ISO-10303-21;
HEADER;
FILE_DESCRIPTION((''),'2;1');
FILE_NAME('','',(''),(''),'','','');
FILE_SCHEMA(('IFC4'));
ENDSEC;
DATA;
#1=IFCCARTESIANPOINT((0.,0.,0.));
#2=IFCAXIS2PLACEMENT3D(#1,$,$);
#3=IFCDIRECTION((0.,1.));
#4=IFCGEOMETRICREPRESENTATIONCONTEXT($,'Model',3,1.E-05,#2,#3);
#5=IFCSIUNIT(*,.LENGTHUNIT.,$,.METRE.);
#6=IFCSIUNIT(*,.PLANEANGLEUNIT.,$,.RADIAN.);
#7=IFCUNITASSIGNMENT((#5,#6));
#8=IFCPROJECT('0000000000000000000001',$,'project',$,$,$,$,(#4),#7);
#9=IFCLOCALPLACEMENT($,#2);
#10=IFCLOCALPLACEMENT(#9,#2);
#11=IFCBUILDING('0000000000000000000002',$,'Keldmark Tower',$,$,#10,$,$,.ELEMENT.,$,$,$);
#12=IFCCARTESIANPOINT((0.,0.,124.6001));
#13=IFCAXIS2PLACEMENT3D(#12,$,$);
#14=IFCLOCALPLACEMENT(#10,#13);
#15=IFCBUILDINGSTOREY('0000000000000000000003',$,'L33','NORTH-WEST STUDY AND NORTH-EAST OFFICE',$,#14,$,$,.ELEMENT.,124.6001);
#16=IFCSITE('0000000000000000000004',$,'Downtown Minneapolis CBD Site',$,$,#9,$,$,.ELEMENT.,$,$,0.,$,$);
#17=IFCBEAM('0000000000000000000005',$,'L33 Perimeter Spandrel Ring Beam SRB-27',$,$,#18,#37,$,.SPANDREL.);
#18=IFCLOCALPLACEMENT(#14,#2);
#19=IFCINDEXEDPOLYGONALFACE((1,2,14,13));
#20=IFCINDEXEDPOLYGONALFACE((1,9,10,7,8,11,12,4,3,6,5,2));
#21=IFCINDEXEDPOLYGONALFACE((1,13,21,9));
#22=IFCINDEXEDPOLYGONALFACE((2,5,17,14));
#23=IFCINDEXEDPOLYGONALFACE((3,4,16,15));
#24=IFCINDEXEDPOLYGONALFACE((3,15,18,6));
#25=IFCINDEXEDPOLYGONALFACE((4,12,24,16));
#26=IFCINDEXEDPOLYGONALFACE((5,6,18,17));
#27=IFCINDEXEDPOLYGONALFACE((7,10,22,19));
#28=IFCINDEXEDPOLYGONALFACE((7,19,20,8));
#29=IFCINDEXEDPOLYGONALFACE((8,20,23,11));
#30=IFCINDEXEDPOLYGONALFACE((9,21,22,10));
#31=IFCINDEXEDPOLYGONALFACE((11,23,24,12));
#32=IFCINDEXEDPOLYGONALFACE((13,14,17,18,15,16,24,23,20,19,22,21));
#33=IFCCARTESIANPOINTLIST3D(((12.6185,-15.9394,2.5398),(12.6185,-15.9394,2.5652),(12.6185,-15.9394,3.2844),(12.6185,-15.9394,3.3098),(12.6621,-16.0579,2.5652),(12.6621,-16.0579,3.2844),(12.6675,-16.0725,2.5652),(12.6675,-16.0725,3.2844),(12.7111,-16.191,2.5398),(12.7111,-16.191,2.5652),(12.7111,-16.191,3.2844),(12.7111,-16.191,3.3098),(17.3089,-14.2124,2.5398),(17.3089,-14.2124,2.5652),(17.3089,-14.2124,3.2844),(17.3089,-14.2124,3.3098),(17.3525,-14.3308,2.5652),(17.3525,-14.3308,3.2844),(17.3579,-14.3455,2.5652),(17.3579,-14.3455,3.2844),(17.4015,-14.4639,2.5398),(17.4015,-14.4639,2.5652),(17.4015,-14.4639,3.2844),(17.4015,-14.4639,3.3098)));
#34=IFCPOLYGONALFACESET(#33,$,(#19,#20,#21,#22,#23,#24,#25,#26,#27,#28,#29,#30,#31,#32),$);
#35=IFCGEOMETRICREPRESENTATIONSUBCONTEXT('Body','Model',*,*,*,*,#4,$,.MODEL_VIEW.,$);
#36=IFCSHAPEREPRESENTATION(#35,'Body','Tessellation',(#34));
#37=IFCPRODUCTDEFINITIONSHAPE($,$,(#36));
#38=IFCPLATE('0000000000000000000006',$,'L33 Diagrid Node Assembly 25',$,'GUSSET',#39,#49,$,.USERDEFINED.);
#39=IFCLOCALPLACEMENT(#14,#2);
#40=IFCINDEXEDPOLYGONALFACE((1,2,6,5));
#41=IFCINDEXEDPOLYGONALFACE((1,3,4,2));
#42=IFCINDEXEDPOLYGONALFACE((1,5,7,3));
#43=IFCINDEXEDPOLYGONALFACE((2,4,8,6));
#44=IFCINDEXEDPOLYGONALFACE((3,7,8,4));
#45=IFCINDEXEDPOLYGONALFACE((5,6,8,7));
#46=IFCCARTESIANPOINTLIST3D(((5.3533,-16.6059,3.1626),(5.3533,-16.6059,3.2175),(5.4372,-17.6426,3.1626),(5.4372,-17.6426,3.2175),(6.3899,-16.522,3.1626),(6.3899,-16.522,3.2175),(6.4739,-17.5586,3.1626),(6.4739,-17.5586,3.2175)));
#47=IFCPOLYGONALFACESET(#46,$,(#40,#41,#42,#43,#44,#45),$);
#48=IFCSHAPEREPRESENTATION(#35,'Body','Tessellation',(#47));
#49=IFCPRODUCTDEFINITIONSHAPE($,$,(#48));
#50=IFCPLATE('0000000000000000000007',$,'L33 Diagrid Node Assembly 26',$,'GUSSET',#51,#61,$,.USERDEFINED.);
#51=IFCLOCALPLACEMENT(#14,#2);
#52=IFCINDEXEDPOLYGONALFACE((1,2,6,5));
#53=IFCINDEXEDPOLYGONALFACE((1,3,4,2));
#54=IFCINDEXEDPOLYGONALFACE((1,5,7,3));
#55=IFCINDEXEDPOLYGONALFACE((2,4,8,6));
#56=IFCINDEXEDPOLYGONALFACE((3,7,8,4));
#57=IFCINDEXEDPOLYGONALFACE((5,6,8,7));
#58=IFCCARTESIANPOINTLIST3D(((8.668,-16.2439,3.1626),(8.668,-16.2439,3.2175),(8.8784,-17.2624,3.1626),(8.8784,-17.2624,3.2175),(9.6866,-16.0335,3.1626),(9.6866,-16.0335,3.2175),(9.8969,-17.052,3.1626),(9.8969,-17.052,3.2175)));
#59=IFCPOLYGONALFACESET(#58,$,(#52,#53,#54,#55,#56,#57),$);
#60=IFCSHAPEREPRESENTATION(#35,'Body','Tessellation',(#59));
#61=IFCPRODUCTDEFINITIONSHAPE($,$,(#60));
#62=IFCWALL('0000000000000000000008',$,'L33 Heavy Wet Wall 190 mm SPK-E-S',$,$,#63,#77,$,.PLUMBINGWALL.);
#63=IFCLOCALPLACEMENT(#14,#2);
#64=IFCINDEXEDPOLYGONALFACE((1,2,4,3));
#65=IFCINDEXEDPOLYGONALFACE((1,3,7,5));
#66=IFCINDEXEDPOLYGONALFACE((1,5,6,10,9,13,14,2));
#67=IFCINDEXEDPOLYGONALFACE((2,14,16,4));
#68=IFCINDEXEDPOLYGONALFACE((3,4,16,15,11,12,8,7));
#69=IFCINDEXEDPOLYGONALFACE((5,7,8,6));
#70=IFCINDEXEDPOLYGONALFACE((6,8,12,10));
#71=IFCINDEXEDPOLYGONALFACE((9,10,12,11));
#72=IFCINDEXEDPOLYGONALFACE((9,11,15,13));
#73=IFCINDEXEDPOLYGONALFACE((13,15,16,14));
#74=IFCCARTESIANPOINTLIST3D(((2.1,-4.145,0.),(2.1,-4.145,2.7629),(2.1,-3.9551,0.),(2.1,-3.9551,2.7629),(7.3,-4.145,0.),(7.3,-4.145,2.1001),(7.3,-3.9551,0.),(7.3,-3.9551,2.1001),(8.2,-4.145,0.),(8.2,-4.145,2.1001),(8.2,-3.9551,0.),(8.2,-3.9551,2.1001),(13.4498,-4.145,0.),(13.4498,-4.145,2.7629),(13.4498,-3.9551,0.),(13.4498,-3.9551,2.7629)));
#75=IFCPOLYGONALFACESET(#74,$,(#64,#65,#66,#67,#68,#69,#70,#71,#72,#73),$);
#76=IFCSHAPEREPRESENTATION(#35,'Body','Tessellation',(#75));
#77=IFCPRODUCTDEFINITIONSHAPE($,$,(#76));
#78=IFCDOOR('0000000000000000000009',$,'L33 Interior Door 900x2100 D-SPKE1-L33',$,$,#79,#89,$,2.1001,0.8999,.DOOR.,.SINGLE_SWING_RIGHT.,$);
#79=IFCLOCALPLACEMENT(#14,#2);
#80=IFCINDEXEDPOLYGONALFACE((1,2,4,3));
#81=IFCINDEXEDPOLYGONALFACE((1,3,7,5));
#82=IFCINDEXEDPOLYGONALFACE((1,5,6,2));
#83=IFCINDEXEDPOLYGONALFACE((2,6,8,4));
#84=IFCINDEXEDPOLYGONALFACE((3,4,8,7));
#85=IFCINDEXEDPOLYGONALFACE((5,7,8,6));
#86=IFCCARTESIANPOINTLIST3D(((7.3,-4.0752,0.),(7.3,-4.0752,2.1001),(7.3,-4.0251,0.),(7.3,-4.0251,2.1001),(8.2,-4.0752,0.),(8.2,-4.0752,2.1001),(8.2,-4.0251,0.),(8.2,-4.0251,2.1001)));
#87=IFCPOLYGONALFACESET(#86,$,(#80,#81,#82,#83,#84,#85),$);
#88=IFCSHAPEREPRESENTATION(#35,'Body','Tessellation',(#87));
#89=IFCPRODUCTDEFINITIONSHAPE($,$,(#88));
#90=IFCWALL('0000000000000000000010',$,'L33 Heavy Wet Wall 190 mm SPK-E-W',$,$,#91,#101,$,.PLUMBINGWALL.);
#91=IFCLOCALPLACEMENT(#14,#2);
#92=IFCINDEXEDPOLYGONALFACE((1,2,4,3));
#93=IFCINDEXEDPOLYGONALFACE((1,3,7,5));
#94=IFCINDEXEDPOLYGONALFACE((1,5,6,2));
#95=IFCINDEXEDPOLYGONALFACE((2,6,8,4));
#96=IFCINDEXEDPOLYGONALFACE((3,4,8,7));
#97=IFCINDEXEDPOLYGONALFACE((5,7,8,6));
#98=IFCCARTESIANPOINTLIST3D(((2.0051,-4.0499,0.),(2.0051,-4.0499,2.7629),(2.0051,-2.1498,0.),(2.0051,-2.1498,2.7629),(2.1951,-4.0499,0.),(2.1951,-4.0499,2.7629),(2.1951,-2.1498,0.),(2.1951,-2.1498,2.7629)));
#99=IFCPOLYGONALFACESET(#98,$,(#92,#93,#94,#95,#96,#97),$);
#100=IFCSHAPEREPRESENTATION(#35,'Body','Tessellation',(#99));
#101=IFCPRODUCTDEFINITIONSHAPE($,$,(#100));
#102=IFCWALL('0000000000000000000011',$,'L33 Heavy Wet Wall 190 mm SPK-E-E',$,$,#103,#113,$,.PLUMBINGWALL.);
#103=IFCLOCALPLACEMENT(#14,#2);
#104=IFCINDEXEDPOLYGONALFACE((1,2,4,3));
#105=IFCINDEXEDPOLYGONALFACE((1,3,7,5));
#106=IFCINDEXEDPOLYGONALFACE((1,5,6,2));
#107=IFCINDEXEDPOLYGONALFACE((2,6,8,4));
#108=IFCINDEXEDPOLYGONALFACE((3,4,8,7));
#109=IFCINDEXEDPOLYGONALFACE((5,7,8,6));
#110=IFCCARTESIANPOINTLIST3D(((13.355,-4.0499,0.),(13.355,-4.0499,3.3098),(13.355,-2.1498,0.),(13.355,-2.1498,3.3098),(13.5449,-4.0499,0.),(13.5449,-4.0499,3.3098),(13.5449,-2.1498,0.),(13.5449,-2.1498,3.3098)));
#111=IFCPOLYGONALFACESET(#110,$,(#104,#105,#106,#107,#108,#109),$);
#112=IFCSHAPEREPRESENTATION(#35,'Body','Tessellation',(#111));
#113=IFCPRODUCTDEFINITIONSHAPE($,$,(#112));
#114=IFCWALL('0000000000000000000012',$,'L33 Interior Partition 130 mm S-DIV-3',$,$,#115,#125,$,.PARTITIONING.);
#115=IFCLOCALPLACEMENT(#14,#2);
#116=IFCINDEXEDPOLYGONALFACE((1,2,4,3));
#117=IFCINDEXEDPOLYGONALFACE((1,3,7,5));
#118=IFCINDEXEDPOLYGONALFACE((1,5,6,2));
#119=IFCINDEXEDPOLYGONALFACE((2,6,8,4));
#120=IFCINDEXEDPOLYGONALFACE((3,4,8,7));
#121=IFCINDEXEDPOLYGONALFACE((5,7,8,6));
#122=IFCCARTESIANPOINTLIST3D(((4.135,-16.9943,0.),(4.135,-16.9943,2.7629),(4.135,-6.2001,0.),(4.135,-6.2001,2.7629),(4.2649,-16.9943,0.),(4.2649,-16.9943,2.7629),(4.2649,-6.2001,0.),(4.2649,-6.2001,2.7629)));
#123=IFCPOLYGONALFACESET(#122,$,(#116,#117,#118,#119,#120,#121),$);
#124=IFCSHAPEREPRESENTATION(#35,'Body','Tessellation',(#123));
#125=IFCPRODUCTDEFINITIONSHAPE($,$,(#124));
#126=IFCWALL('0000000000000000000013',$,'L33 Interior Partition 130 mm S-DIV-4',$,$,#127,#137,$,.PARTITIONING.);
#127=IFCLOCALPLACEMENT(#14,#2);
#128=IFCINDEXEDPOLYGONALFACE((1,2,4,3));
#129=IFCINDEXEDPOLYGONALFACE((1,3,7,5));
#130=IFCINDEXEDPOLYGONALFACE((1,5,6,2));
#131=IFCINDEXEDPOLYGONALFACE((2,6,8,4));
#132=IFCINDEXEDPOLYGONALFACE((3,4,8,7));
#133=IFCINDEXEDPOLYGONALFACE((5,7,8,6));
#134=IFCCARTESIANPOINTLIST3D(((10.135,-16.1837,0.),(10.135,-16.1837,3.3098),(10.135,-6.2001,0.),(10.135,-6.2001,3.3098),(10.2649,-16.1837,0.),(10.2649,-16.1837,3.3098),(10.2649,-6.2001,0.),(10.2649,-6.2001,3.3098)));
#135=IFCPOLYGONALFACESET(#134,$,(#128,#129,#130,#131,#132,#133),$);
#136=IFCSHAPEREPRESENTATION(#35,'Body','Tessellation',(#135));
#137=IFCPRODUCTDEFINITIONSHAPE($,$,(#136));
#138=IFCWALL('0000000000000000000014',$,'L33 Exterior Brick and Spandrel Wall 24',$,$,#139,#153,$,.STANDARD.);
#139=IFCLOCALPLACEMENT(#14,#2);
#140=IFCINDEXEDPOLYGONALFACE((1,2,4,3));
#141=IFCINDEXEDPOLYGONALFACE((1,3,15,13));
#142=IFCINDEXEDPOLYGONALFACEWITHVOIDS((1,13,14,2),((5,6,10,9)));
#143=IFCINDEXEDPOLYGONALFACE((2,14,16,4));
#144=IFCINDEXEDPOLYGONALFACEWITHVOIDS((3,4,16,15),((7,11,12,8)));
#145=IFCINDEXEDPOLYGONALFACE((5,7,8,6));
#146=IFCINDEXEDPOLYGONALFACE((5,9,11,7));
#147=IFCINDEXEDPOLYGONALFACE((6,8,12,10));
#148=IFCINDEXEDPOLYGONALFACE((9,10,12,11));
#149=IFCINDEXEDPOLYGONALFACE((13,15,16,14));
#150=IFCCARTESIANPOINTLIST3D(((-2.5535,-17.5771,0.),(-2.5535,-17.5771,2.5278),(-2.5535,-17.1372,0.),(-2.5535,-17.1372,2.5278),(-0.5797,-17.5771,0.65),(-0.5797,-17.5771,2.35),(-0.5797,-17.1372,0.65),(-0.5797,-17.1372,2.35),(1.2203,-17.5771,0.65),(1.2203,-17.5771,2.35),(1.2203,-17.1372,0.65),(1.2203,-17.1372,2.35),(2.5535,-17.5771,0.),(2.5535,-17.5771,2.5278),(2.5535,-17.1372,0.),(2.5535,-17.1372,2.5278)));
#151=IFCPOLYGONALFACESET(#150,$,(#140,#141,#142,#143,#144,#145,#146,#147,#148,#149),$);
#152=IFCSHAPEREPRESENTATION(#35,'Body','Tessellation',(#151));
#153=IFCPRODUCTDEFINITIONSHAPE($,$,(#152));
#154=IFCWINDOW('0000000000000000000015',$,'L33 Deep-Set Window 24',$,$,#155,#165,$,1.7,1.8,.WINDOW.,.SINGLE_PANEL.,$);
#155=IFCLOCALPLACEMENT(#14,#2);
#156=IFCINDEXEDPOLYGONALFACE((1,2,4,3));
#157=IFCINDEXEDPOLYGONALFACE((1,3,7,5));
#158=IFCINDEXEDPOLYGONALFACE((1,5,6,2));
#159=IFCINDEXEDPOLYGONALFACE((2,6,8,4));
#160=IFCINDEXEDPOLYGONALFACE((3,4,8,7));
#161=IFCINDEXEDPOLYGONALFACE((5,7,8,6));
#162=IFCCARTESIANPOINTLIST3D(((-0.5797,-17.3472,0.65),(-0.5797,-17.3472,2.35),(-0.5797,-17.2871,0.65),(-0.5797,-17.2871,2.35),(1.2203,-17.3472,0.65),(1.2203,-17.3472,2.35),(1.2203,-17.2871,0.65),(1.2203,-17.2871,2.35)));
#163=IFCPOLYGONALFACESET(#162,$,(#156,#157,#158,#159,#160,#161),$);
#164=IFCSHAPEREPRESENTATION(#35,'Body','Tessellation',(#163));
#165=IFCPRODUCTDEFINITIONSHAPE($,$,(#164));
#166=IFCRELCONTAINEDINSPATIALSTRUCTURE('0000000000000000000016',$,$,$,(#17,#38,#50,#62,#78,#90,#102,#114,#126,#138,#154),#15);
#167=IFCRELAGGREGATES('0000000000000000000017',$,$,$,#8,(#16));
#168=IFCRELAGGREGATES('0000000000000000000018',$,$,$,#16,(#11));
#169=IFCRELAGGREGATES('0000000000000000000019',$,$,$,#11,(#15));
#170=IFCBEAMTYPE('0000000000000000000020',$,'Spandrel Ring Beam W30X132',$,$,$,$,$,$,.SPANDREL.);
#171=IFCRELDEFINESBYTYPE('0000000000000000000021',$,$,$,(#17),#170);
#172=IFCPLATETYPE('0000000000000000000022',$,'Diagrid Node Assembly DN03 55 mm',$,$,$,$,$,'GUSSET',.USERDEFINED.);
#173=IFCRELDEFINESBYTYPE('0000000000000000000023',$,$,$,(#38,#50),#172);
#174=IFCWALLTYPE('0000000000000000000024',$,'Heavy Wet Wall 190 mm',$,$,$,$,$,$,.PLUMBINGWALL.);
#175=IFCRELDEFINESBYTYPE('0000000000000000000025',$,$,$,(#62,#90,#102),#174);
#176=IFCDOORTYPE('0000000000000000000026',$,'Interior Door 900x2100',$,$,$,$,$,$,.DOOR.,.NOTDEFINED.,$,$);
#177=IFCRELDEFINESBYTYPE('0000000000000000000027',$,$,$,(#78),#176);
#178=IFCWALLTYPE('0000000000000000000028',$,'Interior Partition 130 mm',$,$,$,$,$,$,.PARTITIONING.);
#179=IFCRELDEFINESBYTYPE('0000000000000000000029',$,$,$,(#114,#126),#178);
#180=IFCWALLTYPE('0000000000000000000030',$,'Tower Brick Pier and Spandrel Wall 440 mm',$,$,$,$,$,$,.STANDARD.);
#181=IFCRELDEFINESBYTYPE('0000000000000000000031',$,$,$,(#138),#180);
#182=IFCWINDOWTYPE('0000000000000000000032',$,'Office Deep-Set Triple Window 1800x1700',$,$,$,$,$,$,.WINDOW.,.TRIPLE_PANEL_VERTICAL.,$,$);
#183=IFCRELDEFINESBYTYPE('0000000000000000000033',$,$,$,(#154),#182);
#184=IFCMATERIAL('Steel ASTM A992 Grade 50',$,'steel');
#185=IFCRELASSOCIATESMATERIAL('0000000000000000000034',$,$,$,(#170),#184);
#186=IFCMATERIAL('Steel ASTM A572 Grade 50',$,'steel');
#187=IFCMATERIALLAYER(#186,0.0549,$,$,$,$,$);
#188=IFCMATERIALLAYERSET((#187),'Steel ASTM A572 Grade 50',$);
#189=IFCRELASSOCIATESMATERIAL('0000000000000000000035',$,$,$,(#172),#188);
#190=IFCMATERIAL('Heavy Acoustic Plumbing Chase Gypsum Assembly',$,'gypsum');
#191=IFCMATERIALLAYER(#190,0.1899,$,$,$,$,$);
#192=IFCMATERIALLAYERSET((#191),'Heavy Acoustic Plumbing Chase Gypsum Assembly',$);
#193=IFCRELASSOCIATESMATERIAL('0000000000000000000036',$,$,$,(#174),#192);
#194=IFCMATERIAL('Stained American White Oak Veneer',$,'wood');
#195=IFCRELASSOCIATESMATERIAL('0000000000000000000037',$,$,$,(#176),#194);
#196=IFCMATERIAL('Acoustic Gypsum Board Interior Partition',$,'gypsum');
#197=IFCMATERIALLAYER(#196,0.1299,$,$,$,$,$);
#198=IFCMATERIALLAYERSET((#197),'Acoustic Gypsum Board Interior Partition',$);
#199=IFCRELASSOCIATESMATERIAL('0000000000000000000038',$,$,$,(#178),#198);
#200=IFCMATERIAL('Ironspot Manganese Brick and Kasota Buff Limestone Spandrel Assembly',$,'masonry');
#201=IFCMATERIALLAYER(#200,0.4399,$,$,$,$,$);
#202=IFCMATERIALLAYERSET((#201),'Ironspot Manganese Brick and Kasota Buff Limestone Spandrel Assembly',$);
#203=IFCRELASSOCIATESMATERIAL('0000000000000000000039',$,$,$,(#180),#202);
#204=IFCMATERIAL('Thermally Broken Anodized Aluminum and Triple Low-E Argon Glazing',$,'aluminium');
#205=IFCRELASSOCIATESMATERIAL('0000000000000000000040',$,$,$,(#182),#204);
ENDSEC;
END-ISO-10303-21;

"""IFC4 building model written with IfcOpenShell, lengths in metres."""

from ifc_helpers import new_model, si_unit, direction, frame, frame_2d, origin, origin_2d, place, context, subcontext, project, spatial, rectangle, i_section, extrude, material, layer, layer_set, material_profile, profile_set, type_object, element, fill, save


model = new_model("IFC4")

# Units and contexts
model_context = context("Model", 3, precision=1e-05, world=origin(), true_north=direction((0.0, 1.0)))
body_context = subcontext(model_context, "Body", "Model", "MODEL_VIEW")
ifc_project = project(units=[si_unit("LENGTHUNIT", "METRE"), si_unit("PLANEANGLEUNIT", "RADIAN")], contexts=[model_context])

# Site, building, storey
site_placement = place(None, origin())
site = spatial("IfcSite", under=ifc_project, at=site_placement, Name="Downtown Minneapolis CBD Site", CompositionType="ELEMENT", RefElevation=0.0)
building_placement = place(site_placement, origin())
building = spatial("IfcBuilding", under=site, at=building_placement, Name="Keldmark Tower", CompositionType="ELEMENT")
storey_placement = place(building_placement, frame((0.0, 0.0, 124.6001)))
storey = spatial("IfcBuildingStorey", under=building, at=storey_placement, Name="L33", Description="NORTH-WEST STUDY AND NORTH-EAST OFFICE", CompositionType="ELEMENT", Elevation=124.6001)

# Beam
ifc_material_1 = material(Name="Steel ASTM A992 Grade 50", Category="steel")
ifc_material_profile_1 = material_profile(ifc_material_1, i_section(OverallWidth=0.2681, OverallDepth=0.77, WebThickness=0.0156, FlangeThickness=0.0254, at=origin_2d()), Name="W30X132")
ifc_profile_set_1 = profile_set([ifc_material_profile_1], Name="Steel ASTM A992 Grade 50")
beam_type_1 = type_object("IfcBeamType", Name="Spandrel Ring Beam W30X132", PredefinedType="SPANDREL", material=ifc_profile_set_1)
beam_1_placement = place(storey_placement, frame((12.6648, -16.0652, 2.9248), z_axis=(0.938408, 0.345529, 0.0), x_axis=(-0.345529, 0.938408, 0.0)))
element("IfcBeam", 1, at=beam_1_placement, inside=storey, type_object=beam_type_1, Name="L33 Perimeter Spandrel Ring Beam SRB-27", PredefinedType="SPANDREL", context=body_context, shape_type="SweptSolid", body=[
    extrude(i_section(OverallWidth=0.2681, OverallDepth=0.77, WebThickness=0.0156, FlangeThickness=0.0254, at=origin_2d()), origin(), (0.0, 0.0, 1.0), 4.9983),
])

# Plates
ifc_material_2 = material(Name="Steel ASTM A572 Grade 50", Category="steel")
ifc_layer_1 = layer(ifc_material_2, 0.0549)
ifc_layer_set_1 = layer_set([ifc_layer_1], Name="Steel ASTM A572 Grade 50")
plate_type = type_object("IfcPlateType", Name="Diagrid Node Assembly DN03 55 mm", ElementType="GUSSET", PredefinedType="USERDEFINED", material=ifc_layer_set_1)
for number, where, z_axis, x_axis, name in (
    (2, (5.9136, -17.0823, 3.1626), (0.0, 0.0, 1.0), (0.996737, 0.080721, 0.0), "L33 Diagrid Node Assembly 25"),
    (3, (9.2825, -16.6479, 3.1626), (0.0, 0.0, 1.0), (0.979329, 0.202275, 0.0), "L33 Diagrid Node Assembly 26"),
):
    element("IfcPlate", number, at=place(storey_placement, frame(where, z_axis=z_axis, x_axis=x_axis)), inside=storey, type_object=plate_type, Name=name, ObjectType="GUSSET", PredefinedType="USERDEFINED", context=body_context, shape_type="SweptSolid", body=[
        extrude(rectangle(XDim=1.04, YDim=1.04, at=origin_2d()), origin(), (0.0, 0.0, 1.0), 0.0549),
    ])

# Wall, opening, door
ifc_material_3 = material(Name="Heavy Acoustic Plumbing Chase Gypsum Assembly", Category="gypsum")
ifc_layer_2 = layer(ifc_material_3, 0.1899)
ifc_layer_set_2 = layer_set([ifc_layer_2], Name="Heavy Acoustic Plumbing Chase Gypsum Assembly")
wall_type_1 = type_object("IfcWallType", Name="Heavy Wet Wall 190 mm", PredefinedType="PLUMBINGWALL", material=ifc_layer_set_2)
wall_1_placement = place(storey_placement, frame((2.1001, -4.05, 0.0), z_axis=(0.0, 0.0, 1.0), x_axis=(1.0, 0.0, 0.0)))
wall_1 = element("IfcWall", 4, at=wall_1_placement, inside=storey, type_object=wall_type_1, Name="L33 Heavy Wet Wall 190 mm SPK-E-S", PredefinedType="PLUMBINGWALL", context=body_context, shape_type="SweptSolid", body=[
    extrude(rectangle(XDim=11.3499, YDim=0.1899, at=frame_2d((5.6748, 0.0))), origin(), (0.0, 0.0, 1.0), 2.7629),
])
opening_1_placement = place(wall_1_placement, frame((5.2, 0.0, 0.0)))
opening_1 = element("IfcOpeningElement", 5, at=opening_1_placement, cuts=wall_1, PredefinedType="OPENING", context=body_context, shape_type="SweptSolid", body=[
    extrude(rectangle(XDim=0.8999, YDim=2.1001, at=frame_2d((0.45, 1.05))), frame((0.0, 0.105, 0.0), z_axis=(0.0, -1.0, 0.0), x_axis=(1.0, 0.0, 0.0)), (0.0, 0.0, 1.0), 0.21),
])
ifc_material_4 = material(Name="Stained American White Oak Veneer", Category="wood")
door_type = type_object("IfcDoorType", Name="Interior Door 900x2100", OperationType="NOTDEFINED", PredefinedType="DOOR", material=ifc_material_4)
door_placement = place(opening_1_placement, origin())
door = element("IfcDoor", 6, at=door_placement, inside=storey, type_object=door_type, Name="L33 Interior Door 900x2100 D-SPKE1-L33", OperationType="SINGLE_SWING_RIGHT", OverallHeight=2.1001, OverallWidth=0.8999, PredefinedType="DOOR", context=body_context, shape_type="SweptSolid", body=[
    extrude(rectangle(XDim=0.8999, YDim=2.1001, at=frame_2d((0.45, 1.05))), frame((0.0, 0.0249, 0.0), z_axis=(0.0, -1.0, 0.0), x_axis=(1.0, 0.0, 0.0)), (0.0, 0.0, 1.0), 0.05),
])
fill(opening_1, door)

# Walls
wall_2_placement = place(storey_placement, frame((2.1001, -4.05, 0.0), z_axis=(0.0, 0.0, 1.0), x_axis=(0.0, 1.0, 0.0)))
element("IfcWall", 7, at=wall_2_placement, inside=storey, type_object=wall_type_1, Name="L33 Heavy Wet Wall 190 mm SPK-E-W", PredefinedType="PLUMBINGWALL", context=body_context, shape_type="SweptSolid", body=[
    extrude(rectangle(XDim=1.9001, YDim=0.1899, at=frame_2d((0.9502, 0.0))), origin(), (0.0, 0.0, 1.0), 2.7629),
])
wall_3_placement = place(storey_placement, frame((13.45, -4.05, 0.0), z_axis=(0.0, 0.0, 1.0), x_axis=(0.0, 1.0, 0.0)))
element("IfcWall", 8, at=wall_3_placement, inside=storey, type_object=wall_type_1, Name="L33 Heavy Wet Wall 190 mm SPK-E-E", PredefinedType="PLUMBINGWALL", context=body_context, shape_type="SweptSolid", body=[
    extrude(rectangle(XDim=1.9001, YDim=0.1899, at=frame_2d((0.9502, 0.0))), origin(), (0.0, 0.0, 1.0), 3.3098),
])
ifc_material_5 = material(Name="Acoustic Gypsum Board Interior Partition", Category="gypsum")
ifc_layer_3 = layer(ifc_material_5, 0.1299)
ifc_layer_set_3 = layer_set([ifc_layer_3], Name="Acoustic Gypsum Board Interior Partition")
wall_type_2 = type_object("IfcWallType", Name="Interior Partition 130 mm", PredefinedType="PARTITIONING", material=ifc_layer_set_3)
wall_4_placement = place(storey_placement, frame((4.2, -16.9941, 0.0), z_axis=(0.0, 0.0, 1.0), x_axis=(0.0, 1.0, 0.0)))
element("IfcWall", 9, at=wall_4_placement, inside=storey, type_object=wall_type_2, Name="L33 Interior Partition 130 mm S-DIV-3", PredefinedType="PARTITIONING", context=body_context, shape_type="SweptSolid", body=[
    extrude(rectangle(XDim=10.7942, YDim=0.1299, at=frame_2d((5.397, 0.0))), origin(), (0.0, 0.0, 1.0), 2.7629),
])
wall_5_placement = place(storey_placement, frame((10.2, -16.1836, 0.0), z_axis=(0.0, 0.0, 1.0), x_axis=(0.0, 1.0, 0.0)))
element("IfcWall", 10, at=wall_5_placement, inside=storey, type_object=wall_type_2, Name="L33 Interior Partition 130 mm S-DIV-4", PredefinedType="PARTITIONING", context=body_context, shape_type="SweptSolid", body=[
    extrude(rectangle(XDim=9.9836, YDim=0.1299, at=frame_2d((4.9917, 0.0))), origin(), (0.0, 0.0, 1.0), 3.3098),
])

# Wall, opening, window
ifc_material_6 = material(Name="Ironspot Manganese Brick and Kasota Buff Limestone Spandrel Assembly", Category="masonry")
ifc_layer_4 = layer(ifc_material_6, 0.4399)
ifc_layer_set_4 = layer_set([ifc_layer_4], Name="Ironspot Manganese Brick and Kasota Buff Limestone Spandrel Assembly")
wall_type_3 = type_object("IfcWallType", Name="Tower Brick Pier and Spandrel Wall 440 mm", PredefinedType="STANDARD", material=ifc_layer_set_4)
wall_6_placement = place(storey_placement, frame((2.5535, -17.3572, 0.0), z_axis=(0.0, 0.0, 1.0), x_axis=(-1.0, 0.0, 0.0)))
wall_6 = element("IfcWall", 11, at=wall_6_placement, inside=storey, type_object=wall_type_3, Name="L33 Exterior Brick and Spandrel Wall 24", PredefinedType="STANDARD", context=body_context, shape_type="SweptSolid", body=[
    extrude(rectangle(XDim=5.1069, YDim=0.4399, at=frame_2d((2.5535, 0.0))), origin(), (0.0, 0.0, 1.0), 2.5278),
])
opening_2_placement = place(wall_6_placement, frame((1.3333, 0.0, 0.6499)))
opening_2 = element("IfcOpeningElement", 12, at=opening_2_placement, cuts=wall_6, PredefinedType="OPENING", context=body_context, shape_type="SweptSolid", body=[
    extrude(rectangle(XDim=1.8, YDim=1.7, at=frame_2d((0.8999, 0.8501))), frame((0.0, 0.23, 0.0), z_axis=(0.0, -1.0, 0.0), x_axis=(1.0, 0.0, 0.0)), (0.0, 0.0, 1.0), 0.46),
])
ifc_material_7 = material(Name="Thermally Broken Anodized Aluminum and Triple Low-E Argon Glazing", Category="aluminium")
window_type_1 = type_object("IfcWindowType", Name="Office Deep-Set Triple Window 1800x1700", PartitioningType="TRIPLE_PANEL_VERTICAL", PredefinedType="WINDOW", material=ifc_material_7)
window_1_placement = place(opening_2_placement, origin())
window_1 = element("IfcWindow", 13, at=window_1_placement, inside=storey, type_object=window_type_1, Name="L33 Deep-Set Window 24", OverallHeight=1.7, OverallWidth=1.8, PartitioningType="SINGLE_PANEL", PredefinedType="WINDOW", context=body_context, shape_type="SweptSolid", body=[
    extrude(rectangle(XDim=1.8, YDim=1.7, at=frame_2d((0.8999, 0.8501))), frame((0.0, -0.01, 0.0), z_axis=(0.0, -1.0, 0.0), x_axis=(1.0, 0.0, 0.0)), (0.0, 0.0, 1.0), 0.0601),
])
fill(opening_2, window_1)

save(model, "model.ifc")
